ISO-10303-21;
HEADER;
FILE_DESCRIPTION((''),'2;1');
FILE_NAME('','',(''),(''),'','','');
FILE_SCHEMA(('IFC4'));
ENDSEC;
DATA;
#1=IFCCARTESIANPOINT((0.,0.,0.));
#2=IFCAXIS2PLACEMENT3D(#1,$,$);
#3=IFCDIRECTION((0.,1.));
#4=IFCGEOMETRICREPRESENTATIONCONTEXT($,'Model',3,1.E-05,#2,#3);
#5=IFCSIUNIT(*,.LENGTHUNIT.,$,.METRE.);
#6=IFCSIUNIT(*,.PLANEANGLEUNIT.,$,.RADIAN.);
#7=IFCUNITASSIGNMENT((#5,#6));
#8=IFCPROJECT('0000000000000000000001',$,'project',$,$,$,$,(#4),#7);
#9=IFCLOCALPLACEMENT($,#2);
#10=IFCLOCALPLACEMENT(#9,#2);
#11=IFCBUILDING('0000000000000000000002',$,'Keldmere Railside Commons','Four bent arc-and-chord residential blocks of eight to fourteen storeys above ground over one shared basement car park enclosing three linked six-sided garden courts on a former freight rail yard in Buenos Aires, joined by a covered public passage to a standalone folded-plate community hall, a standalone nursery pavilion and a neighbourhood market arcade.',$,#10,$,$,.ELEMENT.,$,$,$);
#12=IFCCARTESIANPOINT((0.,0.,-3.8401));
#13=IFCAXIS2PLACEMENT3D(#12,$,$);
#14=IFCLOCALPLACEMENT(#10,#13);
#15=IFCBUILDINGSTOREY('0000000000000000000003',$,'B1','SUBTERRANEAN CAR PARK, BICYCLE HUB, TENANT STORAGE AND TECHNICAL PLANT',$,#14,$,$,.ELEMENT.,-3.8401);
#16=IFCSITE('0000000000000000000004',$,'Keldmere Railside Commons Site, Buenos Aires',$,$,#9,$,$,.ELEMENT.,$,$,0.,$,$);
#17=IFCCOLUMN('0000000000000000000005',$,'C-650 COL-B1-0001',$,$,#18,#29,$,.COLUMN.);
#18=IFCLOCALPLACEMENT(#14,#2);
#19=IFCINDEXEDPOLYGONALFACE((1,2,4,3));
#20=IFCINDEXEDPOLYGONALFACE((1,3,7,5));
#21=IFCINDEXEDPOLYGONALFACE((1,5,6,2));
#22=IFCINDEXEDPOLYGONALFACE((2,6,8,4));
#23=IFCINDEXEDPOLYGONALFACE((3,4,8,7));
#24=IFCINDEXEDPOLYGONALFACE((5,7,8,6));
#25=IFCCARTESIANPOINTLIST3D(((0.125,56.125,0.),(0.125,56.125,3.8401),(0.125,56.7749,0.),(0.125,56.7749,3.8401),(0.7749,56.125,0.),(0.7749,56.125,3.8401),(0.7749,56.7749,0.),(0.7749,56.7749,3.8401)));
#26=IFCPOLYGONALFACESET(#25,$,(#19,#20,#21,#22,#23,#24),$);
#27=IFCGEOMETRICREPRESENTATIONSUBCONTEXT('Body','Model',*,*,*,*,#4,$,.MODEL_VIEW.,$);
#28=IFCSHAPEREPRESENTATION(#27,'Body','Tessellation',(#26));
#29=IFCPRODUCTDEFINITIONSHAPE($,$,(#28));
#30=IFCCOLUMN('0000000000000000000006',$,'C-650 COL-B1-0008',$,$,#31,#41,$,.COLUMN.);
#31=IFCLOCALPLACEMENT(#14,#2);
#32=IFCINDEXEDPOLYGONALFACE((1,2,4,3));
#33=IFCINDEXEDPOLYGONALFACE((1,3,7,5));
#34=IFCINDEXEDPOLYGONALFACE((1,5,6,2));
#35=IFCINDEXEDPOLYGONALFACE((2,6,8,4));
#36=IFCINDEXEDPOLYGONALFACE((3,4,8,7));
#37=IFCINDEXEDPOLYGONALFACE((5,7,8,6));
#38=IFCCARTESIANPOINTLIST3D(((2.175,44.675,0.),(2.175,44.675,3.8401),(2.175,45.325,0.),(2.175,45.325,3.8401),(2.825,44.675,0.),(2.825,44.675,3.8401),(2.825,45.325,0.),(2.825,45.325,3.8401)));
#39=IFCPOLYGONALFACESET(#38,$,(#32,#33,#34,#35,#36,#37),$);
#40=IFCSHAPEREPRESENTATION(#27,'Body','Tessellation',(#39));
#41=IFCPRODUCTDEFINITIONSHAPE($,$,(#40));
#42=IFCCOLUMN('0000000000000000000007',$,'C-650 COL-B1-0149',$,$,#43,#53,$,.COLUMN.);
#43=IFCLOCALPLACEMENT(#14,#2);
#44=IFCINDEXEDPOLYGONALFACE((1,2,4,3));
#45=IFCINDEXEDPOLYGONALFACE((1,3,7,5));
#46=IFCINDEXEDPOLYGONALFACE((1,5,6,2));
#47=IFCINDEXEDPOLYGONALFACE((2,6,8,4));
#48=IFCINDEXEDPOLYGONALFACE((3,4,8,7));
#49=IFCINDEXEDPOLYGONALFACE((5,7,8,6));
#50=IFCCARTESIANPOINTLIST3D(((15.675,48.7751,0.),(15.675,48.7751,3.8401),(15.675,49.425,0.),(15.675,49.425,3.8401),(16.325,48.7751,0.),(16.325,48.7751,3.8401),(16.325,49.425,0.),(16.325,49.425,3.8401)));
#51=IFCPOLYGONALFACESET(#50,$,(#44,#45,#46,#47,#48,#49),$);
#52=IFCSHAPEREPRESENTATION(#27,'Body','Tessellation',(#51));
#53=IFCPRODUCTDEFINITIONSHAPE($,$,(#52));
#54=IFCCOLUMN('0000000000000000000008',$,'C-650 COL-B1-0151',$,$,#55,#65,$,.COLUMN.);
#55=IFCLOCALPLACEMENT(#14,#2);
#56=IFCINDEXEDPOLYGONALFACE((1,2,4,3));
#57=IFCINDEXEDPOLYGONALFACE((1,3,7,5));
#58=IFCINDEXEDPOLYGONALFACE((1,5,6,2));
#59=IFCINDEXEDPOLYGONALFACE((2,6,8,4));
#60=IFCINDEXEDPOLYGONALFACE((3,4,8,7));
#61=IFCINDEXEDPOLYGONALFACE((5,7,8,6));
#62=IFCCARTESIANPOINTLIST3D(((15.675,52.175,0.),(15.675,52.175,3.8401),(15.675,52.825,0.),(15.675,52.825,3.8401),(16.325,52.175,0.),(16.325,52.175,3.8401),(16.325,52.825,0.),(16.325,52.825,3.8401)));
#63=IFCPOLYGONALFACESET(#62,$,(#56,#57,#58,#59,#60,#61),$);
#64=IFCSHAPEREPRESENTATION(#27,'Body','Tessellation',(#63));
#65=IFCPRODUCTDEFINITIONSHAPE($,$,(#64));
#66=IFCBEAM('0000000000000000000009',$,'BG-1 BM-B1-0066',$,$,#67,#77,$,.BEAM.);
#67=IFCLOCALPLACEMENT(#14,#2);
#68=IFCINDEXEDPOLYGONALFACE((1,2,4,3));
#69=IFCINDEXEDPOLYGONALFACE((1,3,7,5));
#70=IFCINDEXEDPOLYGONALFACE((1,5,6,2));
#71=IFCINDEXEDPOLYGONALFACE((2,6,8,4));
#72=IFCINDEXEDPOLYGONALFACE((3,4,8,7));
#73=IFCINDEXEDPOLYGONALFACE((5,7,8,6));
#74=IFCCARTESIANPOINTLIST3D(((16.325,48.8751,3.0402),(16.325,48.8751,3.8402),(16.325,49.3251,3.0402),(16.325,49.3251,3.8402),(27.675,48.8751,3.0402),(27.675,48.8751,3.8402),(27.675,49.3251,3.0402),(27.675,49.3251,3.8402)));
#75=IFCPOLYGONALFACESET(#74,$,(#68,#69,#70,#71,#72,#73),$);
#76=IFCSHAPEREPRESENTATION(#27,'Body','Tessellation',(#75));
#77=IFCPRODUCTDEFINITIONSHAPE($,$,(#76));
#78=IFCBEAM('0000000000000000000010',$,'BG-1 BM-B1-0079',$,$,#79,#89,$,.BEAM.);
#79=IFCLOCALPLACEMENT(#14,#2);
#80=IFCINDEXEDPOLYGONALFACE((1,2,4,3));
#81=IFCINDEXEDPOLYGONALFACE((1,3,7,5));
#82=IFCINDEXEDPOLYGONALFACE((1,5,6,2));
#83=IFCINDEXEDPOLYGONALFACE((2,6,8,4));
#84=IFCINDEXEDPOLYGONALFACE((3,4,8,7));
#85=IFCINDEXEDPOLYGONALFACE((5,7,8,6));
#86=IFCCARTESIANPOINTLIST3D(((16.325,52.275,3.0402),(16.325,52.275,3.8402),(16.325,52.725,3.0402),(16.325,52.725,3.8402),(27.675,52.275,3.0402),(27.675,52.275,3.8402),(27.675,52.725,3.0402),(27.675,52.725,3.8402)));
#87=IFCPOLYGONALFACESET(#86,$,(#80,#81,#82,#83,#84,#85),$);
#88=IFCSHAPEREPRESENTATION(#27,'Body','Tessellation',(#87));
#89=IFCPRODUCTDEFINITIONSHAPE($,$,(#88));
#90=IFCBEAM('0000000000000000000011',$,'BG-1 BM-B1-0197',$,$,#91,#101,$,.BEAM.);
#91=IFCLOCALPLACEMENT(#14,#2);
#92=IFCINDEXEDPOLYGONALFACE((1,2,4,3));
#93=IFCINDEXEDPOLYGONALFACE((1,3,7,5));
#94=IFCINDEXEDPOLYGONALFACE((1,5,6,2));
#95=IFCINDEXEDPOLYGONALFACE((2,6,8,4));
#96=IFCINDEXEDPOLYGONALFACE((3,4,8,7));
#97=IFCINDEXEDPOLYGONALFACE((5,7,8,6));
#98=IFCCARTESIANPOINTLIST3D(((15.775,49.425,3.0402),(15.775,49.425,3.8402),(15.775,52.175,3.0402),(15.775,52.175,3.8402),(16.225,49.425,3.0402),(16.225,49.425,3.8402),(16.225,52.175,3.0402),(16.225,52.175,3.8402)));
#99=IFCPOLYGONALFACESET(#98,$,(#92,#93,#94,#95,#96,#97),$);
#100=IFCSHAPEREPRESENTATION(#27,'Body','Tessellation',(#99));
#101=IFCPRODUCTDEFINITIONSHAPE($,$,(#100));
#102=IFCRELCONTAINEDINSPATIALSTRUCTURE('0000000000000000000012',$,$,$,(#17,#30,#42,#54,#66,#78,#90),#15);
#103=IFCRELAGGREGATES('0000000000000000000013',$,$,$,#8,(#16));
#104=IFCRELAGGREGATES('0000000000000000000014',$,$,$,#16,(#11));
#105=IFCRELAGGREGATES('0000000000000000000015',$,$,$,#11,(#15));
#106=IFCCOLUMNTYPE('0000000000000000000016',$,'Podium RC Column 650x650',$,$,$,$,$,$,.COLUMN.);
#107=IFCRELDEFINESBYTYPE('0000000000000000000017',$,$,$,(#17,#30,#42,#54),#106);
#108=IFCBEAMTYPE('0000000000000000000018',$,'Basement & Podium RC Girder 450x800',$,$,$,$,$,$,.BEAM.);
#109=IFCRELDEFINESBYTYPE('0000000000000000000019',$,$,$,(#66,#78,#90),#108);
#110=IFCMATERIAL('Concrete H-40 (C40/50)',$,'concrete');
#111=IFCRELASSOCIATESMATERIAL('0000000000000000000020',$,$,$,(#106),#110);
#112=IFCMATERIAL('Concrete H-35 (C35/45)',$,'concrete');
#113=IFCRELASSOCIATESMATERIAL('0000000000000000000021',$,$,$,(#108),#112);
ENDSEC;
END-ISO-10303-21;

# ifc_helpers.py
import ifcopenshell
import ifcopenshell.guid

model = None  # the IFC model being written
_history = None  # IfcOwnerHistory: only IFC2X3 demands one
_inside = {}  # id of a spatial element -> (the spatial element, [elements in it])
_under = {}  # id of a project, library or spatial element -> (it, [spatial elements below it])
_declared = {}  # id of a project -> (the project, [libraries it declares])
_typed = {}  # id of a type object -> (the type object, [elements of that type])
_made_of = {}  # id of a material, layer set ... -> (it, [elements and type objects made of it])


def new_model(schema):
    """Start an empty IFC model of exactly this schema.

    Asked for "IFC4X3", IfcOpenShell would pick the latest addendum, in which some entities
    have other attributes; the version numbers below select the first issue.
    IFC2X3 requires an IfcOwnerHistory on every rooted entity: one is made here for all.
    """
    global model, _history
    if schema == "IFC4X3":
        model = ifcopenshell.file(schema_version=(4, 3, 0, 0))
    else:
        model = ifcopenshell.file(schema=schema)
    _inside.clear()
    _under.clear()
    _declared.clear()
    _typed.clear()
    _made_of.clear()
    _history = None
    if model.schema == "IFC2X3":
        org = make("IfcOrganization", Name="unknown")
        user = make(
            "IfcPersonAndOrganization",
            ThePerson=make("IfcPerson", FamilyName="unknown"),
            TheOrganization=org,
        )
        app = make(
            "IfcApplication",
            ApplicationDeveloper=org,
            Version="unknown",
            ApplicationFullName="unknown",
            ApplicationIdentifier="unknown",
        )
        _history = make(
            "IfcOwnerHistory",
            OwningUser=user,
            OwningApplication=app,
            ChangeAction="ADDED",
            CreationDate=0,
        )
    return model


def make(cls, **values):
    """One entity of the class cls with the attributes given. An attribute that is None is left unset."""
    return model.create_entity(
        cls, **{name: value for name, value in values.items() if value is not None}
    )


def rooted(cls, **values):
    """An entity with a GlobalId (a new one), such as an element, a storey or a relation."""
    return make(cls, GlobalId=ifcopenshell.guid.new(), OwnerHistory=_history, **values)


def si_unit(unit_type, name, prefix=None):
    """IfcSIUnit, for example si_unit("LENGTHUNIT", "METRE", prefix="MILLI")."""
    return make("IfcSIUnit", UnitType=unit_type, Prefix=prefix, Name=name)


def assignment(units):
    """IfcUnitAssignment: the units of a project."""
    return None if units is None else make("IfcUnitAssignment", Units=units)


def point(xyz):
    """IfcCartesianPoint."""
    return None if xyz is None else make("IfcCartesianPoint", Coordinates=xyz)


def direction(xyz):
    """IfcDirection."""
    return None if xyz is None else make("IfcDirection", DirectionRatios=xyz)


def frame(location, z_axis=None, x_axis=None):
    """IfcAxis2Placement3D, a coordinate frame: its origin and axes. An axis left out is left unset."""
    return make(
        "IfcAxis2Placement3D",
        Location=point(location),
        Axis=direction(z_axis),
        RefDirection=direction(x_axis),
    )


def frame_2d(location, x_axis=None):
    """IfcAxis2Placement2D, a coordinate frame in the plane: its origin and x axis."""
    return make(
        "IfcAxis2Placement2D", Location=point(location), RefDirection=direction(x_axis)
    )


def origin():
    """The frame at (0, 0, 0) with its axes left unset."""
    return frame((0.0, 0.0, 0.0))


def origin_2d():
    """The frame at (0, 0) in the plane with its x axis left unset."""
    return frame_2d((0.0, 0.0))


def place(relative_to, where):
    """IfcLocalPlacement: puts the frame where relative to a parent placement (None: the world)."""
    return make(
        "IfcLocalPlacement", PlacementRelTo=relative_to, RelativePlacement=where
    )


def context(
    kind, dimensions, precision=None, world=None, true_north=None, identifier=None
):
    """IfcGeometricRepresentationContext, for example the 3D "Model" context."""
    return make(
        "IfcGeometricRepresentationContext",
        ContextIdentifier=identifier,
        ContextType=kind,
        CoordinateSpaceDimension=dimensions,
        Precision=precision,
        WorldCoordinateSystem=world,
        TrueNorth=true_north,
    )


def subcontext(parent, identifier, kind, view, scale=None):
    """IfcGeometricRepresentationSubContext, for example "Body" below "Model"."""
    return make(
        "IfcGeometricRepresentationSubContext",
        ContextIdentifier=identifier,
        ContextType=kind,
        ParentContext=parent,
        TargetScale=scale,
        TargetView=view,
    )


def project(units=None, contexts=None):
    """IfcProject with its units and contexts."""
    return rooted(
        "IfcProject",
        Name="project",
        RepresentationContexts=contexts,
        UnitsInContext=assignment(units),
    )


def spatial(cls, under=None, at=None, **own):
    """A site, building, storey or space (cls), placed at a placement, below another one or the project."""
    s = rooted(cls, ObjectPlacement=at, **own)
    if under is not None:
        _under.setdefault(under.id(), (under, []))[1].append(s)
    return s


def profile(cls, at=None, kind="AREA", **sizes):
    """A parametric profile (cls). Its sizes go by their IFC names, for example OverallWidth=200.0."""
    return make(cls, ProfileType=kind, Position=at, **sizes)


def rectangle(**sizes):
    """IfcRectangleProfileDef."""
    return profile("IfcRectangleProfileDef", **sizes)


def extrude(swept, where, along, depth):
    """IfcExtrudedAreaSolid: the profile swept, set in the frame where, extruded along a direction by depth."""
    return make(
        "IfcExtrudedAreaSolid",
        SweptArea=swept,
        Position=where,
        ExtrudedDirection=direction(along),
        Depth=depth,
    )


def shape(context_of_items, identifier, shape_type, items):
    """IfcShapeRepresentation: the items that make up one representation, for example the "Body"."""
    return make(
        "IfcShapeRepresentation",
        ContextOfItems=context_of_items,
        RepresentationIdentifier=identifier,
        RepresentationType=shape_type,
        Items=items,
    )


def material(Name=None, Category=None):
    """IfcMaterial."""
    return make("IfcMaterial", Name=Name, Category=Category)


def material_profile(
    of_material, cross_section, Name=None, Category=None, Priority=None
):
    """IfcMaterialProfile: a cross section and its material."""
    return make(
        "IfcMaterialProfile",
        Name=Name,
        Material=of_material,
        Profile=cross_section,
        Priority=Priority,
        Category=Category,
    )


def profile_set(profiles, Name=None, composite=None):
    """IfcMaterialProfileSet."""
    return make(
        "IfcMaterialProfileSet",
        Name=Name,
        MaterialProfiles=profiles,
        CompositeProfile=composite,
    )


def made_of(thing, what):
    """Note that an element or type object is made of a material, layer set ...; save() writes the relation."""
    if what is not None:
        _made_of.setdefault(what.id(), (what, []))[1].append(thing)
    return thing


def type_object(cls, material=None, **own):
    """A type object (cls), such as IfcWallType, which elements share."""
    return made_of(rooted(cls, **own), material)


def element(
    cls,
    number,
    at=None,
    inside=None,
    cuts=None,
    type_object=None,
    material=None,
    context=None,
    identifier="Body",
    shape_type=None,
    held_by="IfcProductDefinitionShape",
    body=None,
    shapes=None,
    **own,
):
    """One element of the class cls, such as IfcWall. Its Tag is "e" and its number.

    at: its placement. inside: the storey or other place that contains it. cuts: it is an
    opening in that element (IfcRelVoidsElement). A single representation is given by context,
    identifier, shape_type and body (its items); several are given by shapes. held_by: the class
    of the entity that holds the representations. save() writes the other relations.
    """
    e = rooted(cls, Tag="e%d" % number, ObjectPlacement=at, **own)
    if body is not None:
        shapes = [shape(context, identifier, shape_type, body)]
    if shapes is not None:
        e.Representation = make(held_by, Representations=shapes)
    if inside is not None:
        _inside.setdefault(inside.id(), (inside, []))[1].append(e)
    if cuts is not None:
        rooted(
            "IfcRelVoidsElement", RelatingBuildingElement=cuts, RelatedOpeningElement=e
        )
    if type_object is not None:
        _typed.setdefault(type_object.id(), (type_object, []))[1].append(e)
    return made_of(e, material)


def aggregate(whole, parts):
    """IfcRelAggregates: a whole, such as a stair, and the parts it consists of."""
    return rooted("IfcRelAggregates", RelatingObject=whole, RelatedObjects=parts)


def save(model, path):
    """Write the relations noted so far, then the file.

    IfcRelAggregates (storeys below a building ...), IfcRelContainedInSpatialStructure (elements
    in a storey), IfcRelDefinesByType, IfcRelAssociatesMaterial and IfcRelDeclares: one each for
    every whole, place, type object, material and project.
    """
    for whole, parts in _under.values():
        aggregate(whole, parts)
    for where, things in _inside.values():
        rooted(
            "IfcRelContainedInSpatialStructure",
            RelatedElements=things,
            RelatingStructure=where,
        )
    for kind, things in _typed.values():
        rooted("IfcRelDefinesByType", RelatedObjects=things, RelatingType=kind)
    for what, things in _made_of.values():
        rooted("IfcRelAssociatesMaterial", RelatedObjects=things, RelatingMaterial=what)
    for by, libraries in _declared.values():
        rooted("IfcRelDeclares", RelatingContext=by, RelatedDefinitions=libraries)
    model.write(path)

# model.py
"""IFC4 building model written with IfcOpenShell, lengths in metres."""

from ifc_helpers import new_model, si_unit, direction, frame, origin, origin_2d, place, context, subcontext, project, spatial, rectangle, extrude, material, material_profile, profile_set, type_object, element, save


model = new_model("IFC4")

# Units and contexts
model_context = context("Model", 3, precision=1e-05, world=origin(), true_north=direction((0.0, 1.0)))
body_context = subcontext(model_context, "Body", "Model", "MODEL_VIEW")
ifc_project = project(units=[si_unit("LENGTHUNIT", "METRE"), si_unit("PLANEANGLEUNIT", "RADIAN")], contexts=[model_context])

# Site, building, storey
site_placement = place(None, origin())
site = spatial("IfcSite", under=ifc_project, at=site_placement, Name="Keldmere Railside Commons Site, Buenos Aires", CompositionType="ELEMENT", RefElevation=0.0)
building_placement = place(site_placement, origin())
building = spatial("IfcBuilding", under=site, at=building_placement, Name="Keldmere Railside Commons", Description="Four bent arc-and-chord residential blocks of eight to fourteen storeys above ground over one shared basement car park enclosing three linked six-sided garden courts on a former freight rail yard in Buenos Aires, joined by a covered public passage to a standalone folded-plate community hall, a standalone nursery pavilion and a neighbourhood market arcade.", CompositionType="ELEMENT")
storey_placement = place(building_placement, frame((0.0, 0.0, -3.8401)))
storey = spatial("IfcBuildingStorey", under=building, at=storey_placement, Name="B1", Description="SUBTERRANEAN CAR PARK, BICYCLE HUB, TENANT STORAGE AND TECHNICAL PLANT", CompositionType="ELEMENT", Elevation=-3.8401)

# Shared definitions
ifc_material_1 = material(Name="Concrete H-40 (C40/50)", Category="concrete")

# Columns
ifc_material_profile_1 = material_profile(ifc_material_1, rectangle(XDim=0.6499, YDim=0.6499, at=origin_2d()), Name="RC-650x650")
ifc_profile_set_1 = profile_set([ifc_material_profile_1], Name="Concrete H-40 (C40/50)")
column_type_1 = type_object("IfcColumnType", Name="Podium RC Column 650x650", PredefinedType="COLUMN", material=ifc_profile_set_1)
for number, where, z_axis, x_axis, name in (
    (1, (0.45, 56.45, 0.0), (0.0, 0.0, 1.0), (1.0, 0.0, 0.0), "C-650 COL-B1-0001"),
    (2, (2.5, 45.0, 0.0), (0.0, 0.0, 1.0), (1.0, 0.0, 0.0), "C-650 COL-B1-0008"),
    (3, (16.0, 49.1001, 0.0), (0.0, 0.0, 1.0), (1.0, 0.0, 0.0), "C-650 COL-B1-0149"),
    (4, (16.0, 52.5, 0.0), (0.0, 0.0, 1.0), (1.0, 0.0, 0.0), "C-650 COL-B1-0151"),
):
    element("IfcColumn", number, at=place(storey_placement, frame(where, z_axis=z_axis, x_axis=x_axis)), inside=storey, type_object=column_type_1, Name=name, PredefinedType="COLUMN", context=body_context, shape_type="SweptSolid", body=[
        extrude(rectangle(XDim=0.6499, YDim=0.6499, at=origin_2d()), origin(), (0.0, 0.0, 1.0), 3.8401),
    ])

# Beams
ifc_material_2 = material(Name="Concrete H-35 (C35/45)", Category="concrete")
ifc_material_profile_2 = material_profile(ifc_material_2, rectangle(XDim=0.45, YDim=0.8, at=origin_2d()), Name="RC-450x800")
ifc_profile_set_2 = profile_set([ifc_material_profile_2], Name="Concrete H-35 (C35/45)")
beam_type = type_object("IfcBeamType", Name="Basement & Podium RC Girder 450x800", PredefinedType="BEAM", material=ifc_profile_set_2)
for number, where, z_axis, x_axis, name in (
    (5, (16.325, 49.1001, 3.4402), (1.0, 0.0, 0.0), (0.0, 1.0, 0.0), "BG-1 BM-B1-0066"),
    (6, (16.325, 52.5, 3.4402), (1.0, 0.0, 0.0), (0.0, 1.0, 0.0), "BG-1 BM-B1-0079"),
):
    element("IfcBeam", number, at=place(storey_placement, frame(where, z_axis=z_axis, x_axis=x_axis)), inside=storey, type_object=beam_type, Name=name, PredefinedType="BEAM", context=body_context, shape_type="SweptSolid", body=[
        extrude(rectangle(XDim=0.45, YDim=0.8, at=origin_2d()), origin(), (0.0, 0.0, 1.0), 11.3501),
    ])
beam_placement = place(storey_placement, frame((16.0, 49.425, 3.4402), z_axis=(0.0, 1.0, 0.0), x_axis=(-1.0, 0.0, 0.0)))
element("IfcBeam", 7, at=beam_placement, inside=storey, type_object=beam_type, Name="BG-1 BM-B1-0197", PredefinedType="BEAM", context=body_context, shape_type="SweptSolid", body=[
    extrude(rectangle(XDim=0.45, YDim=0.8, at=origin_2d()), origin(), (0.0, 0.0, 1.0), 2.75),
])

save(model, "model.ifc")
